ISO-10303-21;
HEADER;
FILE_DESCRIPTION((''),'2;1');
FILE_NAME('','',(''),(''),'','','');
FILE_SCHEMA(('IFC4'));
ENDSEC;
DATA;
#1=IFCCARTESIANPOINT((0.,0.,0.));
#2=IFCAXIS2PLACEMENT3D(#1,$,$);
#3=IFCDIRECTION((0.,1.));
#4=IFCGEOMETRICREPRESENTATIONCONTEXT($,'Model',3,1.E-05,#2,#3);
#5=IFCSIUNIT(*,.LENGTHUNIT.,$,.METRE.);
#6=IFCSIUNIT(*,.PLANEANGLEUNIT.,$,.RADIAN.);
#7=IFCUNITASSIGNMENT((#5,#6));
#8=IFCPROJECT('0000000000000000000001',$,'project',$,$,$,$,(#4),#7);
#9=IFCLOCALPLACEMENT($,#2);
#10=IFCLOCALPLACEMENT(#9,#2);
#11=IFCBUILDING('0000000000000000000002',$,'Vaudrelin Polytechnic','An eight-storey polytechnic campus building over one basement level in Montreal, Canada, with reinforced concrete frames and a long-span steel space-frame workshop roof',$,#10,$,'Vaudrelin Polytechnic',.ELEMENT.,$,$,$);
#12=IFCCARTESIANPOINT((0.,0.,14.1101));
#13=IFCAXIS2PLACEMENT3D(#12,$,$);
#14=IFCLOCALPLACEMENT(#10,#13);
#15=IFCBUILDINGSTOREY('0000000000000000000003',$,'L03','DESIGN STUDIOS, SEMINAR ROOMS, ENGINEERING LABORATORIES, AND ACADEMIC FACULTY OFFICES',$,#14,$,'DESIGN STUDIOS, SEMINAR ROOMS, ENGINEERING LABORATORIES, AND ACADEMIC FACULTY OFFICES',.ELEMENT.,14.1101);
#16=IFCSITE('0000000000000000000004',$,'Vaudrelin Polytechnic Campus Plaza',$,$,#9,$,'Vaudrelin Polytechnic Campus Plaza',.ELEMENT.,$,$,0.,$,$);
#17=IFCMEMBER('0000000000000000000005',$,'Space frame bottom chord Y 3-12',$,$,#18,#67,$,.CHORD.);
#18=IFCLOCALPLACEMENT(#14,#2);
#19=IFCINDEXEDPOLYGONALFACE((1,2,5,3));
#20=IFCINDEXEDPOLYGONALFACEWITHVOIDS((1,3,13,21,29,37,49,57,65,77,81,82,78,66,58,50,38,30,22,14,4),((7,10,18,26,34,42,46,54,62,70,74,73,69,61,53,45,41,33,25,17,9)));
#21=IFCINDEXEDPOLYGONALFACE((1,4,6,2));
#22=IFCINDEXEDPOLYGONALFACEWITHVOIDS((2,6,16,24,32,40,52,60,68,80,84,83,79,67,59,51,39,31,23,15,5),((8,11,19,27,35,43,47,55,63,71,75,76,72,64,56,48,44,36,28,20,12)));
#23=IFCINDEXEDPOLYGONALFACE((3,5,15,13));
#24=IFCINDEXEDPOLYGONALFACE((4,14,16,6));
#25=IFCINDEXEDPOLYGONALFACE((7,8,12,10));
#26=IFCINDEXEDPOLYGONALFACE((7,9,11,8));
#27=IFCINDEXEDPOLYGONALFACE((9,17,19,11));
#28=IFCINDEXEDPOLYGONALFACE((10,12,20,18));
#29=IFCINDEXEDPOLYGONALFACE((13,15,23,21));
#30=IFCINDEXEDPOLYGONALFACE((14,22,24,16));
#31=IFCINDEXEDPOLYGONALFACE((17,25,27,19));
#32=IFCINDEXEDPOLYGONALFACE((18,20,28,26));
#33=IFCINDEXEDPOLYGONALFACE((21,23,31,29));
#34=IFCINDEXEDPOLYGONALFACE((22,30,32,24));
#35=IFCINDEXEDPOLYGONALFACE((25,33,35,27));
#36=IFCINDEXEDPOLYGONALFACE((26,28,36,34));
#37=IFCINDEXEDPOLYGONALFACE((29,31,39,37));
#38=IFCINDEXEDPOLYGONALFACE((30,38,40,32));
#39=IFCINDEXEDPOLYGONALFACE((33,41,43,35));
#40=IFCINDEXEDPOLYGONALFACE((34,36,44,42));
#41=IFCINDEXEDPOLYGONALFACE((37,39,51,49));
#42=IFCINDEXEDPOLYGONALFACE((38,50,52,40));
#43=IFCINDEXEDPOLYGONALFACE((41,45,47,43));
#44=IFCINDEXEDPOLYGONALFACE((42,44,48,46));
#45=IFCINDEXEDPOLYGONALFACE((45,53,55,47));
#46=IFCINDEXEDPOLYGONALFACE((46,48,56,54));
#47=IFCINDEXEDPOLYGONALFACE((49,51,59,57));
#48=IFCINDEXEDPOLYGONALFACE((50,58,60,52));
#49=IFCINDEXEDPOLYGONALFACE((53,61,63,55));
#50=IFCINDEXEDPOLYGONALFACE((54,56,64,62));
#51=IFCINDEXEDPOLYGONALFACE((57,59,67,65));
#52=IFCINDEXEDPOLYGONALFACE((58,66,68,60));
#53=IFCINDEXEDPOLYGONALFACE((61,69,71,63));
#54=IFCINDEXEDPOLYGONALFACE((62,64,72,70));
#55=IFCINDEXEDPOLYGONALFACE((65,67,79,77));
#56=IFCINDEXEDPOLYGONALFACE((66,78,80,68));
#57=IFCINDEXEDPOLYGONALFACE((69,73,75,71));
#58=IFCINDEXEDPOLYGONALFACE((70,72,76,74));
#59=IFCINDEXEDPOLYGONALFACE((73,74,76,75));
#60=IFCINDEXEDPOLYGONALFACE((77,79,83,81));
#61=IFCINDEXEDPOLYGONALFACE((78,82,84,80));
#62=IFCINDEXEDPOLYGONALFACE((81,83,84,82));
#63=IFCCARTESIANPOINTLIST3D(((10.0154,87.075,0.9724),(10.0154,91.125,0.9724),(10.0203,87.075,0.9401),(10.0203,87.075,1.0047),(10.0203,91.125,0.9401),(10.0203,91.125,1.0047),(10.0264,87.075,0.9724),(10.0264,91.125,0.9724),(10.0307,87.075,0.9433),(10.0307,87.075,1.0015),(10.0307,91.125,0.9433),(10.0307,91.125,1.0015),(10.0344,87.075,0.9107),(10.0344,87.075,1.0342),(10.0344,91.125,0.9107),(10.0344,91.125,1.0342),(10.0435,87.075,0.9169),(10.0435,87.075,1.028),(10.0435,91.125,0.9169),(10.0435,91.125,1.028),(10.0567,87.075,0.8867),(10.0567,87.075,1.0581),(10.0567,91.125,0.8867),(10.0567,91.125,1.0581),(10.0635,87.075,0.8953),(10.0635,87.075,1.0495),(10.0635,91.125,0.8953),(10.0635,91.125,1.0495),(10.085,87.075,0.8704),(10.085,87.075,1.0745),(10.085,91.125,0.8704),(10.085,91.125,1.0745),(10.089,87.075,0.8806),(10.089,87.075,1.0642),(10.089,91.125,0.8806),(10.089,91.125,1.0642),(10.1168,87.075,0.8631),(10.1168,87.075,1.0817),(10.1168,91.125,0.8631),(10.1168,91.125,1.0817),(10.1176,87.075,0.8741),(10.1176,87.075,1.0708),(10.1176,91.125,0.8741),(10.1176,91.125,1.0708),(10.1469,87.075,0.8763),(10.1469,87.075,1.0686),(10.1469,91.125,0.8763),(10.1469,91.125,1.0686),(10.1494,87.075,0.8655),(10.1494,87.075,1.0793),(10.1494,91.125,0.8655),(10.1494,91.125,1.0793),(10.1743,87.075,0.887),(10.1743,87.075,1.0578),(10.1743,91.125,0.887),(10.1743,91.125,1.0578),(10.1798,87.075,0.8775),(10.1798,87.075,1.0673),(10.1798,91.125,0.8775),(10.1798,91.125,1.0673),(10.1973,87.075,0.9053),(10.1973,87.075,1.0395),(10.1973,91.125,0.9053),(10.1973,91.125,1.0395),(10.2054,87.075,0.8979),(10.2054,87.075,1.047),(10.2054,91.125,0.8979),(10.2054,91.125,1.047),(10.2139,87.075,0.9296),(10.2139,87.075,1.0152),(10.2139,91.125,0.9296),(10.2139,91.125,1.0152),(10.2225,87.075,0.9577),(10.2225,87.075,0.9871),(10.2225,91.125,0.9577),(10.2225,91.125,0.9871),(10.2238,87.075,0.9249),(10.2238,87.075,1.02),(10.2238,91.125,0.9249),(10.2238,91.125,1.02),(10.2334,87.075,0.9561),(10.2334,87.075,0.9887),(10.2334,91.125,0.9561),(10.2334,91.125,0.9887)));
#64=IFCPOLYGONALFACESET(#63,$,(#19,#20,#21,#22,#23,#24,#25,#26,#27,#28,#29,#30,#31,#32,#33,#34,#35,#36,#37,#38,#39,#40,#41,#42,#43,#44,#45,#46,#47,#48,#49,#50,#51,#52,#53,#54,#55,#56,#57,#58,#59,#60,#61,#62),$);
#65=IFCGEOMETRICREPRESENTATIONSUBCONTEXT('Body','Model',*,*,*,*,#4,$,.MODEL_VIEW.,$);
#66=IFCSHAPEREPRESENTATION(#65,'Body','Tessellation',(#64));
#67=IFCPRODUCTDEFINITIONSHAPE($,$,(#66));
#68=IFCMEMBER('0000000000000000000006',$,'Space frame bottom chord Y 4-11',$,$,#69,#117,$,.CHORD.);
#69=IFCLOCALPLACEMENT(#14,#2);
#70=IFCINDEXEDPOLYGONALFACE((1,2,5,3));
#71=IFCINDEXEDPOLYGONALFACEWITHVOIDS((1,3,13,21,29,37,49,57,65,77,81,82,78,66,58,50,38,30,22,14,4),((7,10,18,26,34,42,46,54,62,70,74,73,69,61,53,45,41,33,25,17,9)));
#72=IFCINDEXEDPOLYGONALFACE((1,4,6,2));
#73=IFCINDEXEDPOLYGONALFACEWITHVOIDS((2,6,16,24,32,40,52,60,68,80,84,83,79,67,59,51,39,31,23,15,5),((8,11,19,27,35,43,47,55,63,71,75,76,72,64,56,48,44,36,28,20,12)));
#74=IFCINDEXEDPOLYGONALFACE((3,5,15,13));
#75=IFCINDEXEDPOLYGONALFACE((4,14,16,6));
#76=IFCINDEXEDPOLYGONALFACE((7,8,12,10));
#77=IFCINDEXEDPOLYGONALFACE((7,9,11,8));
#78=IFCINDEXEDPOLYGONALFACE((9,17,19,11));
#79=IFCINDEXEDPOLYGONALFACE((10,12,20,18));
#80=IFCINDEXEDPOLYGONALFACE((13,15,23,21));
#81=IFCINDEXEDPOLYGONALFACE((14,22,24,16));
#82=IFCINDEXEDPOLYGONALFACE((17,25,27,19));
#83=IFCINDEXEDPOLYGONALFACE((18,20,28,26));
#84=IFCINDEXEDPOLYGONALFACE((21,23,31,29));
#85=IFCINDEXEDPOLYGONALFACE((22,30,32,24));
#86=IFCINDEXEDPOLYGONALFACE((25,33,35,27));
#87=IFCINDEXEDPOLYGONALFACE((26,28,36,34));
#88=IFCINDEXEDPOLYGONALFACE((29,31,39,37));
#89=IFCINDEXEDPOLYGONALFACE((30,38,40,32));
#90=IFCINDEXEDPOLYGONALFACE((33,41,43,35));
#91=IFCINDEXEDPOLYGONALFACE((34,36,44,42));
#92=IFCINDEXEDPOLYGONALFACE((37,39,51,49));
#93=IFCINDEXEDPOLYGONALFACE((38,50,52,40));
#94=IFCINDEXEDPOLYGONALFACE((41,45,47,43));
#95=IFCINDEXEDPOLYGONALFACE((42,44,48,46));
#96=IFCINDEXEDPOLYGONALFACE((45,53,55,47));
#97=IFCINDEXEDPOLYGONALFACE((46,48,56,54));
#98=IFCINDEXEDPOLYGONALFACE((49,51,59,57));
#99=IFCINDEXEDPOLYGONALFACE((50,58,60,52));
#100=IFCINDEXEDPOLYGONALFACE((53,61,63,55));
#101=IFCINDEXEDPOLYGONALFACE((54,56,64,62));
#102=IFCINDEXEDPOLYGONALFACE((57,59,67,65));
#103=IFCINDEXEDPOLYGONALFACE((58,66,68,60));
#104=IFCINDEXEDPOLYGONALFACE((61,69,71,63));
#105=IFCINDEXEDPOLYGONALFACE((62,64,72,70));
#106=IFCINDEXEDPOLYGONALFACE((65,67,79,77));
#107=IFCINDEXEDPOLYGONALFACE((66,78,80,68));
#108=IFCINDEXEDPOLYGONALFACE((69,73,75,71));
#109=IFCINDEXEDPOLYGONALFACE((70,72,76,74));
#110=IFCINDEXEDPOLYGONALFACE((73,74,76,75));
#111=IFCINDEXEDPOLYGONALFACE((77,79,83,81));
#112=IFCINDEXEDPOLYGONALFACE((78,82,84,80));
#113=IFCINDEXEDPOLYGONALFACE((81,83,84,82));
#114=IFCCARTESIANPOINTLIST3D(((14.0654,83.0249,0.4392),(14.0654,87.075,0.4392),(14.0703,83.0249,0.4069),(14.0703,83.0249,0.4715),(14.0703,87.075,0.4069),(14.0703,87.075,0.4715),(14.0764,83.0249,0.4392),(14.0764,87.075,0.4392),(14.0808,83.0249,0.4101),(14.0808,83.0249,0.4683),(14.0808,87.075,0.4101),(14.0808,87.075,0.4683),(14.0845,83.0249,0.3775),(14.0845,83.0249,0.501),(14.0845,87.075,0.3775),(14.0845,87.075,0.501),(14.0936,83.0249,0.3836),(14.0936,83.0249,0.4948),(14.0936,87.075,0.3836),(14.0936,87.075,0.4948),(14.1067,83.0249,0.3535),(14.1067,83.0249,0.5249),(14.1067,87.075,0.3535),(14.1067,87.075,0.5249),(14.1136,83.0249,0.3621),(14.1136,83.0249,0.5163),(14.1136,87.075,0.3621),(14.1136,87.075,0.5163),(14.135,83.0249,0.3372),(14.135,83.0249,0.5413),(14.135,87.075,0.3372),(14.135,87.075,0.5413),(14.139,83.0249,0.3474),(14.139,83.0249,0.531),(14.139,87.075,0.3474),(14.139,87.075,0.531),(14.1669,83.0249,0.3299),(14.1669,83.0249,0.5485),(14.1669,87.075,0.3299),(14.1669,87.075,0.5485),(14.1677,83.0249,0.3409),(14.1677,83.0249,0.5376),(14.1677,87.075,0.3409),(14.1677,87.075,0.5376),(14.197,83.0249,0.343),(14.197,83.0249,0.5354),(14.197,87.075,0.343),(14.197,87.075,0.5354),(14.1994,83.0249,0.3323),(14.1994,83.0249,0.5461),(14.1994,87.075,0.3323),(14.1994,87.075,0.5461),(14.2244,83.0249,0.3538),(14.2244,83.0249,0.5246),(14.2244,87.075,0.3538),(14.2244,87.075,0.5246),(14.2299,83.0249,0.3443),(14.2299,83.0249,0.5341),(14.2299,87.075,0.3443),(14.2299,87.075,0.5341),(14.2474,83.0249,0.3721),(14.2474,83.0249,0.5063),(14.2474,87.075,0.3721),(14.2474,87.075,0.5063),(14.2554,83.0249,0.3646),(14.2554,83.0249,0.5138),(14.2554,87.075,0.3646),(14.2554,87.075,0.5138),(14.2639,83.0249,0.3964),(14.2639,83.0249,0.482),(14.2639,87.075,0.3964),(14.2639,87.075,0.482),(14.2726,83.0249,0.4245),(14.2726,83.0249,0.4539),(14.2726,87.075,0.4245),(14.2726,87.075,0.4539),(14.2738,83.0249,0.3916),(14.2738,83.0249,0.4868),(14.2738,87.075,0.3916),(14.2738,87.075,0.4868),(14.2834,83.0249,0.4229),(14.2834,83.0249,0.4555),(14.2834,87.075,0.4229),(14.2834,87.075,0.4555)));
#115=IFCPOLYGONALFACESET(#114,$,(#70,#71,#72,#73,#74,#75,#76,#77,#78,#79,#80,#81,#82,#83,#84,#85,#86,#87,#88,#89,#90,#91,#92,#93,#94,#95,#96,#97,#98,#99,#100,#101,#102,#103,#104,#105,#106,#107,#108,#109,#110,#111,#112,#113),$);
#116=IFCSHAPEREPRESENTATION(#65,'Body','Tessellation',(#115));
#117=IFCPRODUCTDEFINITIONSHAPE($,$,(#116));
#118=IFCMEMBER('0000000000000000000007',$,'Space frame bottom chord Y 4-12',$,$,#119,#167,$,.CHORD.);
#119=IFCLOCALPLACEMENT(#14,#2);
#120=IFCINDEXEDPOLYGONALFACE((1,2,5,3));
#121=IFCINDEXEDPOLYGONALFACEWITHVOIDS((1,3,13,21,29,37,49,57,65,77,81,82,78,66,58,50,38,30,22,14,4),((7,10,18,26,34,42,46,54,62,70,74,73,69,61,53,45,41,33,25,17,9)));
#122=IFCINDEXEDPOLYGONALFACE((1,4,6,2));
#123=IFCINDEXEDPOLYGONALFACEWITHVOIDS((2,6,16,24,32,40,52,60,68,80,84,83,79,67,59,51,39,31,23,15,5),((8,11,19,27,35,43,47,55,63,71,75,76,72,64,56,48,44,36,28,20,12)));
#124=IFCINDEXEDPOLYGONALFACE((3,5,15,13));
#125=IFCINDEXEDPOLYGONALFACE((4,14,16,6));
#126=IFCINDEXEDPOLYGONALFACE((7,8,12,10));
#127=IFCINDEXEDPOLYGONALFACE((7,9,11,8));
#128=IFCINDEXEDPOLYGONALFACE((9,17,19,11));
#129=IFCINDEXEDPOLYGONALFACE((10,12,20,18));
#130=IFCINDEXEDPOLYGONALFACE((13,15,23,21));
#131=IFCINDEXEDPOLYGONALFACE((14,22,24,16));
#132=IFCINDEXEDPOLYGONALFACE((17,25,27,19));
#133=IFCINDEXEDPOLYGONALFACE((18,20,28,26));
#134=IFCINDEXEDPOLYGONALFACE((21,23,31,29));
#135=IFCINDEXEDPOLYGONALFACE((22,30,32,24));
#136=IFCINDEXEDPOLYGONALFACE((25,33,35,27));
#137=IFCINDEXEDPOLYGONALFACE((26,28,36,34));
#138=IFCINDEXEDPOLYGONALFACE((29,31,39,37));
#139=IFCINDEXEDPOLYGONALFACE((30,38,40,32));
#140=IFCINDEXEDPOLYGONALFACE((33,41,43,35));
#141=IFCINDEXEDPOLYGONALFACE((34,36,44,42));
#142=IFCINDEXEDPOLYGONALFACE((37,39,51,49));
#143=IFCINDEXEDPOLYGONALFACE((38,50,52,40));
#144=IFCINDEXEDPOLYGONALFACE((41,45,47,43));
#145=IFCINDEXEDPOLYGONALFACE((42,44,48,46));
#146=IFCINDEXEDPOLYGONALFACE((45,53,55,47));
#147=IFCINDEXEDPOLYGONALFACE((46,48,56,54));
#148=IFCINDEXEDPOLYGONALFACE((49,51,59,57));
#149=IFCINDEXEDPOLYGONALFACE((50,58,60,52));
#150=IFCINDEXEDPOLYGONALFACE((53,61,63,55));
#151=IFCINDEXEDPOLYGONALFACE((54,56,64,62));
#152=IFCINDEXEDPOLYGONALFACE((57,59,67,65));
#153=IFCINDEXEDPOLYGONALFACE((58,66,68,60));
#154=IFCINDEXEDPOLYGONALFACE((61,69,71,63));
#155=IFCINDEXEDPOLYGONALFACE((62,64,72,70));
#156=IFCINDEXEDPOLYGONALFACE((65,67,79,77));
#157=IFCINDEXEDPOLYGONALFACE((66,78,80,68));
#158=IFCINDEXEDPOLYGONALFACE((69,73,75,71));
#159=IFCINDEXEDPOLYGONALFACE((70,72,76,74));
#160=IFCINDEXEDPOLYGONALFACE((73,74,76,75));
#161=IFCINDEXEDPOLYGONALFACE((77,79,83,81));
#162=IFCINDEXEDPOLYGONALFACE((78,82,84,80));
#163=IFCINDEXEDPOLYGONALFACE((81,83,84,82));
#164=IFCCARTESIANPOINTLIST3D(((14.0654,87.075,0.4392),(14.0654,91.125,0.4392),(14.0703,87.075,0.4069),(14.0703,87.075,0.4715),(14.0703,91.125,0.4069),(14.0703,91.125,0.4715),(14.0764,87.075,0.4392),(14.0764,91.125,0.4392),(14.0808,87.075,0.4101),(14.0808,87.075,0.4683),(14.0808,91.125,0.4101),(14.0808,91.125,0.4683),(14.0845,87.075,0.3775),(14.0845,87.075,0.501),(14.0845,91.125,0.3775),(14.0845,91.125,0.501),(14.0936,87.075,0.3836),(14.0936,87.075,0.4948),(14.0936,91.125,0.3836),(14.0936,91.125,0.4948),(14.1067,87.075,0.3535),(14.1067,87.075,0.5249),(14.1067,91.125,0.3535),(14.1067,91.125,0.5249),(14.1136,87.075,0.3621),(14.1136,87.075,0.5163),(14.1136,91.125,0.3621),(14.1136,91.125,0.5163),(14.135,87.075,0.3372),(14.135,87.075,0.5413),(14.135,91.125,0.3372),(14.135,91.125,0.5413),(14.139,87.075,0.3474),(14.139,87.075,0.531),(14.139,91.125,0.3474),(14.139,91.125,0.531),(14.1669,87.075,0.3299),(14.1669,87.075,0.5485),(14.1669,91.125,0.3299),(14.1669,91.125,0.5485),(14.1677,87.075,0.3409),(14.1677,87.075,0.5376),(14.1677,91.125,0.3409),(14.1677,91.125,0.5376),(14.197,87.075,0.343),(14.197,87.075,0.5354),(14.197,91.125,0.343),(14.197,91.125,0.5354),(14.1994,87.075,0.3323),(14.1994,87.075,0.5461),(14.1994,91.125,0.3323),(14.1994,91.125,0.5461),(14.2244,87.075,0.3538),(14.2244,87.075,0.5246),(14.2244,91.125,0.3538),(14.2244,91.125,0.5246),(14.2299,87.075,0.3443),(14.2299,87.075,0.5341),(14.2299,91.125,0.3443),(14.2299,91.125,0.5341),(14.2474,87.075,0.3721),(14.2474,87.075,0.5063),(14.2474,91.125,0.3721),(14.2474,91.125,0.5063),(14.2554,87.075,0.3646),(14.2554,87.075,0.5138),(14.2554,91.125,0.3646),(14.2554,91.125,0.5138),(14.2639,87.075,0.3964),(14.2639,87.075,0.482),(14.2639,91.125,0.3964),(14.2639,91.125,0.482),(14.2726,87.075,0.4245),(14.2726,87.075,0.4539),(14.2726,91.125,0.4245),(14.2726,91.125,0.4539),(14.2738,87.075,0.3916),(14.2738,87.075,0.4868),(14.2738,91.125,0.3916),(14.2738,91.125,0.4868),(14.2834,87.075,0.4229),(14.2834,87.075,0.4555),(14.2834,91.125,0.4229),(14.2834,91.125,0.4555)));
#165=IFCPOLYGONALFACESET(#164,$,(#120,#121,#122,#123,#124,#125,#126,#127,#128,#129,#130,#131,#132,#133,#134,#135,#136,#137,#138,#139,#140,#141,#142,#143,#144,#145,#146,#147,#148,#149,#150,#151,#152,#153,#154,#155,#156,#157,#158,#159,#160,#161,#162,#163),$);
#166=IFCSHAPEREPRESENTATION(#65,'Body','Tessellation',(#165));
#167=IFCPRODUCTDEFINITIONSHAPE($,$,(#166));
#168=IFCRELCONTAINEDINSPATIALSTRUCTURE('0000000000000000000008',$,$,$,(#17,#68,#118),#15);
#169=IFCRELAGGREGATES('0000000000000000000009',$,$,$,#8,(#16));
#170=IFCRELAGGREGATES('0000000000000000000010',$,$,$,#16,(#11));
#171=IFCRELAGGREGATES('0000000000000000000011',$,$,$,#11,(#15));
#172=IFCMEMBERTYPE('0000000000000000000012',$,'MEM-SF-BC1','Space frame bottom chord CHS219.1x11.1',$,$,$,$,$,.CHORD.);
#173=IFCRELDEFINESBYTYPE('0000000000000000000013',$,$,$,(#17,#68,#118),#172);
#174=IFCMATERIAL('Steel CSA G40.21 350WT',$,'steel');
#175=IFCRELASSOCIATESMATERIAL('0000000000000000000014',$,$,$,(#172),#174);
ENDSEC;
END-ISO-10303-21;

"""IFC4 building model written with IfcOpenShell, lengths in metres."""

from ifc_helpers import new_model, si_unit, direction, frame, origin, origin_2d, place, context, subcontext, project, spatial, hollow_circle, extrude, material, material_profile, profile_set, type_object, element, save


model = new_model("IFC4")

# Units and contexts
model_context = context("Model", 3, precision=1e-05, world=origin(), true_north=direction((0.0, 1.0)))
body_context = subcontext(model_context, "Body", "Model", "MODEL_VIEW")
ifc_project = project(units=[si_unit("LENGTHUNIT", "METRE"), si_unit("PLANEANGLEUNIT", "RADIAN")], contexts=[model_context])

# Site, building, storey
site_placement = place(None, origin())
site = spatial("IfcSite", under=ifc_project, at=site_placement, Name="Vaudrelin Polytechnic Campus Plaza", LongName="Vaudrelin Polytechnic Campus Plaza", CompositionType="ELEMENT", RefElevation=0.0)
building_placement = place(site_placement, origin())
building = spatial("IfcBuilding", under=site, at=building_placement, Name="Vaudrelin Polytechnic", Description="An eight-storey polytechnic campus building over one basement level in Montreal, Canada, with reinforced concrete frames and a long-span steel space-frame workshop roof", LongName="Vaudrelin Polytechnic", CompositionType="ELEMENT")
storey_placement = place(building_placement, frame((0.0, 0.0, 14.1101)))
storey = spatial("IfcBuildingStorey", under=building, at=storey_placement, Name="L03", Description="DESIGN STUDIOS, SEMINAR ROOMS, ENGINEERING LABORATORIES, AND ACADEMIC FACULTY OFFICES", LongName="DESIGN STUDIOS, SEMINAR ROOMS, ENGINEERING LABORATORIES, AND ACADEMIC FACULTY OFFICES", CompositionType="ELEMENT", Elevation=14.1101)

# Members
ifc_material = material(Name="Steel CSA G40.21 350WT", Category="steel")
ifc_material_profile_1 = material_profile(ifc_material, hollow_circle(Radius=0.1096, WallThickness=0.011, at=origin_2d()), Name="CHS219.1x11.1")
ifc_profile_set_1 = profile_set([ifc_material_profile_1], Name="Steel CSA G40.21 350WT")
member_type_1 = type_object("IfcMemberType", Name="MEM-SF-BC1", Description="Space frame bottom chord CHS219.1x11.1", PredefinedType="CHORD", material=ifc_profile_set_1)
for number, where, z_axis, x_axis, name in (
    (1, (10.125, 87.075, 0.9724), (0.0, 1.0, 0.0), (-1.0, 0.0, 0.0), "Space frame bottom chord Y 3-12"),
    (2, (14.175, 83.0249, 0.4392), (0.0, 1.0, 0.0), (-1.0, 0.0, 0.0), "Space frame bottom chord Y 4-11"),
    (3, (14.175, 87.075, 0.4392), (0.0, 1.0, 0.0), (-1.0, 0.0, 0.0), "Space frame bottom chord Y 4-12"),
):
    element("IfcMember", number, at=place(storey_placement, frame(where, z_axis=z_axis, x_axis=x_axis)), inside=storey, type_object=member_type_1, Name=name, PredefinedType="CHORD", context=body_context, shape_type="SweptSolid", body=[
        extrude(hollow_circle(Radius=0.1096, WallThickness=0.011, at=origin_2d()), origin(), (0.0, 0.0, 1.0), 4.05),
    ])

save(model, "model.ifc")
